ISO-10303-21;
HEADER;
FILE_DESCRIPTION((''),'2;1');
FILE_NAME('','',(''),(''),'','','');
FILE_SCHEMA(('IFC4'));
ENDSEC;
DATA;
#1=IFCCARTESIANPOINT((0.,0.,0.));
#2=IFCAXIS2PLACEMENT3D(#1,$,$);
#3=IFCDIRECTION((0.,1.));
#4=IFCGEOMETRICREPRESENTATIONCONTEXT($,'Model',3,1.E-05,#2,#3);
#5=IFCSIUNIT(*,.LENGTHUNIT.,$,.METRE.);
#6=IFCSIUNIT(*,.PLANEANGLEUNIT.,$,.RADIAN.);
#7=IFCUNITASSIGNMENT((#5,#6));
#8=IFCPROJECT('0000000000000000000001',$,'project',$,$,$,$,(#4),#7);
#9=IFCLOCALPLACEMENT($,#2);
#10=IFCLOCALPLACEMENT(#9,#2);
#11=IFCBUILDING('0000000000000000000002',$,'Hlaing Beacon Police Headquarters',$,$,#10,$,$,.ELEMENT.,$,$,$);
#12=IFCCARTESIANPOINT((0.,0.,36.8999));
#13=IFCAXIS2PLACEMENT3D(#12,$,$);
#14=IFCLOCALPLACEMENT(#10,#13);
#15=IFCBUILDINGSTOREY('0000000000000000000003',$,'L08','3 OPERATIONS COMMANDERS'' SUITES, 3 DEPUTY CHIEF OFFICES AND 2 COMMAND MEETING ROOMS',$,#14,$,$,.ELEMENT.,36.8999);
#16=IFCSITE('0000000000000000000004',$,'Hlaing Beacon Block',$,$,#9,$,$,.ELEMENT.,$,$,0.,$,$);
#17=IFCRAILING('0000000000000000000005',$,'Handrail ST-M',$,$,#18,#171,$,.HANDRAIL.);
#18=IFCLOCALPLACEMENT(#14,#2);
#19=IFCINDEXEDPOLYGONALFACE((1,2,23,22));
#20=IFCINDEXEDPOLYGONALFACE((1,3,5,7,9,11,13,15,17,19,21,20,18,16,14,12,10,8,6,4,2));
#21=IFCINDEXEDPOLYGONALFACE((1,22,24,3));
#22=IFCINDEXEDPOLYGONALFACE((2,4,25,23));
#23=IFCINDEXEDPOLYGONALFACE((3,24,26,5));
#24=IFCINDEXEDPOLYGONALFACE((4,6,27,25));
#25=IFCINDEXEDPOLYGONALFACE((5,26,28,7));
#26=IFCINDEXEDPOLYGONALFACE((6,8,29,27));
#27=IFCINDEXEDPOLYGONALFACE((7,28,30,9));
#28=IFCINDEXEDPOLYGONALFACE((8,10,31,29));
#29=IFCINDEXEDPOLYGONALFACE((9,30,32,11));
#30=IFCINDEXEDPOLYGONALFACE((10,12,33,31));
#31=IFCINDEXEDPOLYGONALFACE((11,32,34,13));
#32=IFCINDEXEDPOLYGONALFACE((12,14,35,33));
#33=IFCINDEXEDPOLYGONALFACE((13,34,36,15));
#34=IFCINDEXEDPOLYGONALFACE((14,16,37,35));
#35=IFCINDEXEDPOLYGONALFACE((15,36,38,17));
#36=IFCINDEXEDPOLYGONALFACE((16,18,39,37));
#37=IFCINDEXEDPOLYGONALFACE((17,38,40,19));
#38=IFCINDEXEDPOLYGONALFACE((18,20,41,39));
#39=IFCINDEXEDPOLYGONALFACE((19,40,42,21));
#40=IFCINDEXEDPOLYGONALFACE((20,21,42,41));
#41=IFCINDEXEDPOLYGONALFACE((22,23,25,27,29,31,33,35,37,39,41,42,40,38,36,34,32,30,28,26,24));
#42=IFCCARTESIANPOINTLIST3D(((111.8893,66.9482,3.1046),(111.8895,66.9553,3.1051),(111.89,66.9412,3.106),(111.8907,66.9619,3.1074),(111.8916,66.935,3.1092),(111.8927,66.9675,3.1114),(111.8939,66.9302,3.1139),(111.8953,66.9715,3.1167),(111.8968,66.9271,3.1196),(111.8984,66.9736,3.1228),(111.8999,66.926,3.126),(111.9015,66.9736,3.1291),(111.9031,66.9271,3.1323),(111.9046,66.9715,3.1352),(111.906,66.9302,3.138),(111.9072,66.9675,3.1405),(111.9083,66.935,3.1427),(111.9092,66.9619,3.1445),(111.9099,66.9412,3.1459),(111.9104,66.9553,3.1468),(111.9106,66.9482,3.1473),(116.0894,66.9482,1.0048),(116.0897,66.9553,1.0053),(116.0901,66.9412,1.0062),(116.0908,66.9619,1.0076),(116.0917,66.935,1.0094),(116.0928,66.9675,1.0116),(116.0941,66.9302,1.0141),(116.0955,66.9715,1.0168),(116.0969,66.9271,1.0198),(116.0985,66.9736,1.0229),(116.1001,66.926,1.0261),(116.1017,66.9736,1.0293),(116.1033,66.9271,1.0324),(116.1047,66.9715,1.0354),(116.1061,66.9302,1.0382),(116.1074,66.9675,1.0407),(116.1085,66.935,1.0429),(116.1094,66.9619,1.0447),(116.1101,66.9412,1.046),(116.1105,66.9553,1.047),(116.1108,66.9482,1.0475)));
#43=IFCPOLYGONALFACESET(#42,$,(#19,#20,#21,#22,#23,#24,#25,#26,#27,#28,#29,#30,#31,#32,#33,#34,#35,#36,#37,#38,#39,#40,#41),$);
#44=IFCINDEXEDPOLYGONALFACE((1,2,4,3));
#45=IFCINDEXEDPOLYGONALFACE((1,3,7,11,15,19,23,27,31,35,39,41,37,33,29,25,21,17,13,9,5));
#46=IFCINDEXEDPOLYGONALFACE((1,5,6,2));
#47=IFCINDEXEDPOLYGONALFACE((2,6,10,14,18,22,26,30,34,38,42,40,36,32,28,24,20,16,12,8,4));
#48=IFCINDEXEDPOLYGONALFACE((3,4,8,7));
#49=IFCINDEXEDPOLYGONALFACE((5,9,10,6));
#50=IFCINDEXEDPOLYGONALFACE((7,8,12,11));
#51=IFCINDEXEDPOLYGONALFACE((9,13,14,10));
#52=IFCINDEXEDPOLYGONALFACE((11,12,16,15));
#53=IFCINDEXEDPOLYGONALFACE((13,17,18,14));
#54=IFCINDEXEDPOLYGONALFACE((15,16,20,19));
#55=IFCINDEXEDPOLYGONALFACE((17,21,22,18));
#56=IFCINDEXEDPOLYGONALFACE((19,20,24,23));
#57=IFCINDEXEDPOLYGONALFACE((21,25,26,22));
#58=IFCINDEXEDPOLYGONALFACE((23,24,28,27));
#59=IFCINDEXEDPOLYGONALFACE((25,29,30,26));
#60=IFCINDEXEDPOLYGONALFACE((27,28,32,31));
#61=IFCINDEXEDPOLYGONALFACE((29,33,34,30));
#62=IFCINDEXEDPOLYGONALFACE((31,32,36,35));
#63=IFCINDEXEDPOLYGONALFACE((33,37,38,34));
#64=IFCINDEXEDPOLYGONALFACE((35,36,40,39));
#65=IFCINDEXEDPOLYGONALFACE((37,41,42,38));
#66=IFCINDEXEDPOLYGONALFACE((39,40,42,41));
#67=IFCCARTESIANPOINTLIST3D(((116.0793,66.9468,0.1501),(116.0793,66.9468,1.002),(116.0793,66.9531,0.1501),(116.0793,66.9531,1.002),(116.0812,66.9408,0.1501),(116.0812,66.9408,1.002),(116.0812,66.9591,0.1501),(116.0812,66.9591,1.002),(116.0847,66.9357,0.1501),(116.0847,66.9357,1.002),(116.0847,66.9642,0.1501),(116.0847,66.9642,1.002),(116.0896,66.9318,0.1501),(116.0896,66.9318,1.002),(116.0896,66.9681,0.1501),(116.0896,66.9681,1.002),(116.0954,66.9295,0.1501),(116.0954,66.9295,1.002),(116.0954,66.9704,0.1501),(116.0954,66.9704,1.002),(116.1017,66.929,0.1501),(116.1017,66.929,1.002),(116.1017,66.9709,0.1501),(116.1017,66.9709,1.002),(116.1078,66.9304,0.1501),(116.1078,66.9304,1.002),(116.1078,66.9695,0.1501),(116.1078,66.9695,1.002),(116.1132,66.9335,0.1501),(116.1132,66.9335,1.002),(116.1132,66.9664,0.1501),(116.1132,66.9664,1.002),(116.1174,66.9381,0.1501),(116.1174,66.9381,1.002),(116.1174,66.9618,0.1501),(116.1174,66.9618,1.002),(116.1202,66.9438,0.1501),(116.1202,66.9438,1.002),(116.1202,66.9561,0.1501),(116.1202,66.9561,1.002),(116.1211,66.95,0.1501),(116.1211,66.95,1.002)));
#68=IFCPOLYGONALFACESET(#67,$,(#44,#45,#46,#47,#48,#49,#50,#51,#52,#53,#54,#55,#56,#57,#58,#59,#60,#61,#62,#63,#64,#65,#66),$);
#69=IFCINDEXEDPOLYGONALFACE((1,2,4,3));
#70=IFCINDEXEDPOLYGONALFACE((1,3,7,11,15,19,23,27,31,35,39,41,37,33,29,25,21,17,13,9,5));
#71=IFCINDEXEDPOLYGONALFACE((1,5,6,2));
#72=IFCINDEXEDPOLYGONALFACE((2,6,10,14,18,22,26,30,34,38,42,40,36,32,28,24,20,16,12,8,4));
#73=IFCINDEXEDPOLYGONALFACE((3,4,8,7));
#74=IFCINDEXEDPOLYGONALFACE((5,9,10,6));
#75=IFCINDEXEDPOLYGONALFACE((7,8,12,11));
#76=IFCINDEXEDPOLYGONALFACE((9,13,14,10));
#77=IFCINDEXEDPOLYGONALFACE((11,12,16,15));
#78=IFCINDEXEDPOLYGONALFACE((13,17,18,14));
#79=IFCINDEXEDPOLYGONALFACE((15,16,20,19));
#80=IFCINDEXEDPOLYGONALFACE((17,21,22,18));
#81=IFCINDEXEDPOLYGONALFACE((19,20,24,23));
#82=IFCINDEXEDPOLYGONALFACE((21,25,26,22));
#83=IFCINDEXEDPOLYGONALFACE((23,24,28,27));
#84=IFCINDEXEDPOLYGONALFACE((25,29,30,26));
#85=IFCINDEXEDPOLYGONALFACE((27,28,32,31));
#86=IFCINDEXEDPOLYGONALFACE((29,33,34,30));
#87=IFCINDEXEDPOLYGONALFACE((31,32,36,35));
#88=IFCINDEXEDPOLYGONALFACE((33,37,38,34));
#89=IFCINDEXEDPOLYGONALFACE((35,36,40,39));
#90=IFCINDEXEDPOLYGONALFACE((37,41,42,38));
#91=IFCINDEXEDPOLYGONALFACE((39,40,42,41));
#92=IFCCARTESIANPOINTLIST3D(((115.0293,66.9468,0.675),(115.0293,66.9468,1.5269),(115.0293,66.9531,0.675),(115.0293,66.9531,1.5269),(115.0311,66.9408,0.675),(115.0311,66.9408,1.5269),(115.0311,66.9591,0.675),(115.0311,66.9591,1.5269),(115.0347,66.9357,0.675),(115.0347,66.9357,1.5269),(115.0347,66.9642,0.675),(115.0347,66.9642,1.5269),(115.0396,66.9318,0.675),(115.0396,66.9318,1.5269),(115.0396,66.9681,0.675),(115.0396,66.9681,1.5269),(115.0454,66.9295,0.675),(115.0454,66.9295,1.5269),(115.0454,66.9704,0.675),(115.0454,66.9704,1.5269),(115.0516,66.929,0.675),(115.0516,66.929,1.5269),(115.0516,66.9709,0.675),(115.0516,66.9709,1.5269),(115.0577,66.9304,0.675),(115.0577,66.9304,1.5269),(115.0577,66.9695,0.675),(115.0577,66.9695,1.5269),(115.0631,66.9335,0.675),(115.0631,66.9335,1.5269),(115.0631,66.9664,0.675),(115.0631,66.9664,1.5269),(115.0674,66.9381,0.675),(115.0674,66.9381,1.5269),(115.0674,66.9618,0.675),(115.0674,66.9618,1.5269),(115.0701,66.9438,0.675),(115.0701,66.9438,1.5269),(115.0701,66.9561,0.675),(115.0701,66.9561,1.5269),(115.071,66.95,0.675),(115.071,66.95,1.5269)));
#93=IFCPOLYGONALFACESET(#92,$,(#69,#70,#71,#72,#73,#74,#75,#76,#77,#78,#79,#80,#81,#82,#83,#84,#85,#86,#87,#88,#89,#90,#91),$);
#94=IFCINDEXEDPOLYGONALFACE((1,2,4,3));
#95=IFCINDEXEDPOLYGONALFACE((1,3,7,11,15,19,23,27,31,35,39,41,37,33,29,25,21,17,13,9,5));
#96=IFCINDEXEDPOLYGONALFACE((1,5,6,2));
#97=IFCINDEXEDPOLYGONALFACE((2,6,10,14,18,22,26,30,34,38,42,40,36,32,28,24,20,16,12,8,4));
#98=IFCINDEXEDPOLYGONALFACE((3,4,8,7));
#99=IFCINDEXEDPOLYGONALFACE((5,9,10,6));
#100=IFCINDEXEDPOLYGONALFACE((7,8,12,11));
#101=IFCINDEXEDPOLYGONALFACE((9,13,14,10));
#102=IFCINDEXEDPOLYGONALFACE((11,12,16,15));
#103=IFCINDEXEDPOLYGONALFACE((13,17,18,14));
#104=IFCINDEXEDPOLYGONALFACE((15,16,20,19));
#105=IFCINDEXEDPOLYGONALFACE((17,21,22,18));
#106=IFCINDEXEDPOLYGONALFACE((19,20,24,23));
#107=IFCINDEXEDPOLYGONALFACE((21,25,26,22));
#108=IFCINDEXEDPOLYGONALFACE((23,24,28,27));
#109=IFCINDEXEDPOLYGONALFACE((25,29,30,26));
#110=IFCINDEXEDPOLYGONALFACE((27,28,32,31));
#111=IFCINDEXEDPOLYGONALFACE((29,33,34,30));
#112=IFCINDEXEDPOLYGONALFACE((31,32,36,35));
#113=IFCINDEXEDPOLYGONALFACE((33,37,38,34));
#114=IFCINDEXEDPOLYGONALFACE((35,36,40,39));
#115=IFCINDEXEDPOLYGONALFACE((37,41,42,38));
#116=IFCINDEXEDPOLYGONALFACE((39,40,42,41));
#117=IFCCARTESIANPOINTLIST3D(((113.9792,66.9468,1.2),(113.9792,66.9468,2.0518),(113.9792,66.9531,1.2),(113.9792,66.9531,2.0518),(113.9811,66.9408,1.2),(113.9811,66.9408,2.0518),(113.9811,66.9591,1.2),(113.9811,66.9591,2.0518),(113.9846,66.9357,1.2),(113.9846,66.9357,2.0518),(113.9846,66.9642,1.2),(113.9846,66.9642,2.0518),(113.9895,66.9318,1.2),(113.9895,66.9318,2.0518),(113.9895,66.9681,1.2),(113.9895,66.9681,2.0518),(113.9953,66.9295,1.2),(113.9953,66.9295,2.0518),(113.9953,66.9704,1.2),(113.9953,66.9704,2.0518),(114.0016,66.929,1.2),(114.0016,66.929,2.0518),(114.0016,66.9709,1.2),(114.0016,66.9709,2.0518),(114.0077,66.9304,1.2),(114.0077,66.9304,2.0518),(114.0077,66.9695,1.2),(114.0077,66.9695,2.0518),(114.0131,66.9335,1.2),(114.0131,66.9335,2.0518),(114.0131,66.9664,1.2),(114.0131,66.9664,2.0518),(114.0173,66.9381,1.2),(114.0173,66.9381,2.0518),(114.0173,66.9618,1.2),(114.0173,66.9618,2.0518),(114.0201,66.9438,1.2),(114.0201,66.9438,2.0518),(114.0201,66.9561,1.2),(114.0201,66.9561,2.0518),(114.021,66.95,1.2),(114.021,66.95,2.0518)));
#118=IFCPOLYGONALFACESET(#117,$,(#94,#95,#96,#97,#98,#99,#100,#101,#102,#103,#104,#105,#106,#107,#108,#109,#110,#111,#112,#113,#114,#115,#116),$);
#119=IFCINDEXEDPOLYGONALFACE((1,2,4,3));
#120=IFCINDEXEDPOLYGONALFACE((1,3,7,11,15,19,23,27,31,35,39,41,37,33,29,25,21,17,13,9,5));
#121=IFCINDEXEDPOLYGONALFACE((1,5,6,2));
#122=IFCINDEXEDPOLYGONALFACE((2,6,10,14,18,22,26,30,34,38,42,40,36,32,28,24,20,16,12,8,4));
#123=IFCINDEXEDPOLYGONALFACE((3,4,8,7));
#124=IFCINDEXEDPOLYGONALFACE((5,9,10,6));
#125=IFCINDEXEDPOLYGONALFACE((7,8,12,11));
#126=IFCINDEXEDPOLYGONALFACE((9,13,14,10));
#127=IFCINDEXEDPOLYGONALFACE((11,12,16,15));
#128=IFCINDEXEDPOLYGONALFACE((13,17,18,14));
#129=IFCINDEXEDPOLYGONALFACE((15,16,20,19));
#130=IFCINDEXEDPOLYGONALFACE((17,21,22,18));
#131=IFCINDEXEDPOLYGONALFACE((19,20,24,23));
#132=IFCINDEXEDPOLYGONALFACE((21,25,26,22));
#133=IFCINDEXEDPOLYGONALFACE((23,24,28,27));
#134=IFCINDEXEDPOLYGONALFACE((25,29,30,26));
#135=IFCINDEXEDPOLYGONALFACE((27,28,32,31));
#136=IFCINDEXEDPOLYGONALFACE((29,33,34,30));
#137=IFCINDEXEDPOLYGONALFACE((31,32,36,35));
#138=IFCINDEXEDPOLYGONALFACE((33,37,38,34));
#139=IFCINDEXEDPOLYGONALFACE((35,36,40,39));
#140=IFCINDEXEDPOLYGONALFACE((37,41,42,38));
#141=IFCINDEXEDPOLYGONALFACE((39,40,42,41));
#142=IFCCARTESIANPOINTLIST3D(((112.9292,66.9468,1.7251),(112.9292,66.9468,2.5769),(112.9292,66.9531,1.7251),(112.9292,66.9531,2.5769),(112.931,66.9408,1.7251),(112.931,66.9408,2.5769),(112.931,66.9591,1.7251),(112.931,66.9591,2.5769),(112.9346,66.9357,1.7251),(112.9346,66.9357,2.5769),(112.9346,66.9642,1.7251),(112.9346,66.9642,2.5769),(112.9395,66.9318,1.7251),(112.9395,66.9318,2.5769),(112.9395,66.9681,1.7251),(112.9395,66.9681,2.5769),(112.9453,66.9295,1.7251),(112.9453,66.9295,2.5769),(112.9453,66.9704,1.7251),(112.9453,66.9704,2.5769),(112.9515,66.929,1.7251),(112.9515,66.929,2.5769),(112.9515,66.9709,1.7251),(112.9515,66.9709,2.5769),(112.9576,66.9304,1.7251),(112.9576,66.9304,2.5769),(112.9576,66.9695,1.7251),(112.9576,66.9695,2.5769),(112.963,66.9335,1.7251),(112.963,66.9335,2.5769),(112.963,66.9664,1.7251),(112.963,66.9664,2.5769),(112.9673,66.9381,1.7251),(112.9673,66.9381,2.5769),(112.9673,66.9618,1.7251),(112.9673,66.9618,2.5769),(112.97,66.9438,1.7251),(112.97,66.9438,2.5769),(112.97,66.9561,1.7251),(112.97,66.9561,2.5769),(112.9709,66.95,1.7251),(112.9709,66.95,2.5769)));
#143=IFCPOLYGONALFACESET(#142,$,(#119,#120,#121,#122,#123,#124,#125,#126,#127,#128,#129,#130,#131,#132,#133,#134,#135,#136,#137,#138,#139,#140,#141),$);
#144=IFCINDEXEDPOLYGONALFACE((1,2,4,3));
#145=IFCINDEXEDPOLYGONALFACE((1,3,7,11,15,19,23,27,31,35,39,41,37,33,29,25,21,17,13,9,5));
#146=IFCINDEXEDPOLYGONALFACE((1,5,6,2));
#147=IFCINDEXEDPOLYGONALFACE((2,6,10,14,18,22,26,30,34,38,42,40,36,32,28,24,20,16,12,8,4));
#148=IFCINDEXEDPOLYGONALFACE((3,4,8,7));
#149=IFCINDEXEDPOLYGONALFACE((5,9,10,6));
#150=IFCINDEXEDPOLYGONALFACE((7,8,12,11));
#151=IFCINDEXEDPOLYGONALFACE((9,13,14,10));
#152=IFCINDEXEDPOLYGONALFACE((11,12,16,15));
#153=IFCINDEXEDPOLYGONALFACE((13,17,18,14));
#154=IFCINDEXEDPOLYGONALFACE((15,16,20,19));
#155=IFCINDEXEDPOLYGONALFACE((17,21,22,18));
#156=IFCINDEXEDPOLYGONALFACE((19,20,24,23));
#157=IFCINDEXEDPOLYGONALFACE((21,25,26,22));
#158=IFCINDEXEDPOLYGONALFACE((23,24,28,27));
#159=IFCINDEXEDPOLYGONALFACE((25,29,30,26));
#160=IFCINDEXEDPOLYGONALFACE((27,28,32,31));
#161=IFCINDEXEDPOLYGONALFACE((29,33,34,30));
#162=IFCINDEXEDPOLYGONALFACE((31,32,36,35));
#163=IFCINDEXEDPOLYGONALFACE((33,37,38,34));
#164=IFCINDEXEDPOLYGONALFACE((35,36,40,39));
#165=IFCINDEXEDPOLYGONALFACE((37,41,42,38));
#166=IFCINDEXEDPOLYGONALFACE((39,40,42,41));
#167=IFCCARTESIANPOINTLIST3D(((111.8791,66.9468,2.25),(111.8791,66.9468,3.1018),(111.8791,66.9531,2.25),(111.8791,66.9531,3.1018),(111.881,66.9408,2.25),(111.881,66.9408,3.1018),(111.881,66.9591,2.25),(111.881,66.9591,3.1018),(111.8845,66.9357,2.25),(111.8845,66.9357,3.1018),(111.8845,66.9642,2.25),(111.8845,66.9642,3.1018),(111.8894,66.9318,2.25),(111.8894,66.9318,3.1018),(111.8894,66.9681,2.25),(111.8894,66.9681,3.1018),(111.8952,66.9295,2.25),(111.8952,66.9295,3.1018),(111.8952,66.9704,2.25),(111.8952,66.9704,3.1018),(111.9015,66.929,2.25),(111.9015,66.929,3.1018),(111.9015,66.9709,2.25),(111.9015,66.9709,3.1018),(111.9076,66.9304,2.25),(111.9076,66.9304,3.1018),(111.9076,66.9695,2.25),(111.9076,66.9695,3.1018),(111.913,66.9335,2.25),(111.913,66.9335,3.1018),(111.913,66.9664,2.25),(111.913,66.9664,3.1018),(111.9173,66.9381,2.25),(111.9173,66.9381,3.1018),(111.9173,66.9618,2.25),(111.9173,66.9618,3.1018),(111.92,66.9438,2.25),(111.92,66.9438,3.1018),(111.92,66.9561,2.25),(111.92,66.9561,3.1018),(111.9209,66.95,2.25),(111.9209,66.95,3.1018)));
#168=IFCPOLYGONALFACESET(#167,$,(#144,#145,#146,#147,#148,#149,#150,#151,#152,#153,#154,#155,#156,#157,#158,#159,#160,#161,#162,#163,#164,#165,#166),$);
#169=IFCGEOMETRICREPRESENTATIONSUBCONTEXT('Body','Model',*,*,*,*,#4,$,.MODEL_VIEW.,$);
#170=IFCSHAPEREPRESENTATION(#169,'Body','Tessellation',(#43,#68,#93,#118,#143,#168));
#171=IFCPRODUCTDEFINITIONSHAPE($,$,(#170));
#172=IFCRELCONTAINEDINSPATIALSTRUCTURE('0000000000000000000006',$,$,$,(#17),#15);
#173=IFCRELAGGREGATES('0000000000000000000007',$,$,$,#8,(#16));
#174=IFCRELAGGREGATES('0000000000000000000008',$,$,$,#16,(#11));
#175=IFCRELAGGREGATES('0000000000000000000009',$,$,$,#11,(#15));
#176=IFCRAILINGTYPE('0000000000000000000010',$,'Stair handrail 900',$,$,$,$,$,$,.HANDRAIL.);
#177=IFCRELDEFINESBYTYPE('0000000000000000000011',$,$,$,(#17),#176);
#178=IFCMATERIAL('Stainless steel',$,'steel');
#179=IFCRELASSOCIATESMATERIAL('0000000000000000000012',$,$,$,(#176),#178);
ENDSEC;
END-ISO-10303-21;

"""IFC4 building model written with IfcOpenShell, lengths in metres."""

from ifc_helpers import new_model, si_unit, direction, frame, origin, origin_2d, place, context, subcontext, project, spatial, circle, extrude, material, type_object, element, save


model = new_model("IFC4")

# Units and contexts
model_context = context("Model", 3, precision=1e-05, world=origin(), true_north=direction((0.0, 1.0)))
body_context = subcontext(model_context, "Body", "Model", "MODEL_VIEW")
ifc_project = project(units=[si_unit("LENGTHUNIT", "METRE"), si_unit("PLANEANGLEUNIT", "RADIAN")], contexts=[model_context])

# Site, building, storey
site_placement = place(None, origin())
site = spatial("IfcSite", under=ifc_project, at=site_placement, Name="Hlaing Beacon Block", CompositionType="ELEMENT", RefElevation=0.0)
building_placement = place(site_placement, origin())
building = spatial("IfcBuilding", under=site, at=building_placement, Name="Hlaing Beacon Police Headquarters", CompositionType="ELEMENT")
storey_placement = place(building_placement, frame((0.0, 0.0, 36.8999)))
storey = spatial("IfcBuildingStorey", under=building, at=storey_placement, Name="L08", Description="3 OPERATIONS COMMANDERS' SUITES, 3 DEPUTY CHIEF OFFICES AND 2 COMMAND MEETING ROOMS", CompositionType="ELEMENT", Elevation=36.8999)

# Railing
ifc_material_1 = material(Name="Stainless steel", Category="steel")
railing_type_1 = type_object("IfcRailingType", Name="Stair handrail 900", PredefinedType="HANDRAIL", material=ifc_material_1)
for number, where, name in (
    (1, (116.1001, 66.95, 0.1501), "Handrail ST-M"),
):
    element("IfcRailing", number, at=place(storey_placement, frame(where)), inside=storey, type_object=railing_type_1, Name=name, PredefinedType="HANDRAIL", context=body_context, shape_type="SweptSolid", body=[
        extrude(circle(Radius=0.0239, at=origin_2d()), frame((0.0, 0.0, 0.876), z_axis=(-0.894448, 0.0, 0.447172), x_axis=(0.0, -1.0, 0.0)), (0.0, 0.0, 1.0), 4.6958),
        extrude(circle(Radius=0.021, at=origin_2d()), origin(), (0.0, 0.0, 1.0), 0.8518),
        extrude(circle(Radius=0.021, at=origin_2d()), frame((-1.05, 0.0, 0.5249)), (0.0, 0.0, 1.0), 0.8518),
        extrude(circle(Radius=0.021, at=origin_2d()), frame((-2.1001, 0.0, 1.0498)), (0.0, 0.0, 1.0), 0.8518),
        extrude(circle(Radius=0.021, at=origin_2d()), frame((-3.1501, 0.0, 1.575)), (0.0, 0.0, 1.0), 0.8518),
        extrude(circle(Radius=0.021, at=origin_2d()), frame((-4.2002, 0.0, 2.0999)), (0.0, 0.0, 1.0), 0.8518),
    ])

save(model, "model.ifc")
